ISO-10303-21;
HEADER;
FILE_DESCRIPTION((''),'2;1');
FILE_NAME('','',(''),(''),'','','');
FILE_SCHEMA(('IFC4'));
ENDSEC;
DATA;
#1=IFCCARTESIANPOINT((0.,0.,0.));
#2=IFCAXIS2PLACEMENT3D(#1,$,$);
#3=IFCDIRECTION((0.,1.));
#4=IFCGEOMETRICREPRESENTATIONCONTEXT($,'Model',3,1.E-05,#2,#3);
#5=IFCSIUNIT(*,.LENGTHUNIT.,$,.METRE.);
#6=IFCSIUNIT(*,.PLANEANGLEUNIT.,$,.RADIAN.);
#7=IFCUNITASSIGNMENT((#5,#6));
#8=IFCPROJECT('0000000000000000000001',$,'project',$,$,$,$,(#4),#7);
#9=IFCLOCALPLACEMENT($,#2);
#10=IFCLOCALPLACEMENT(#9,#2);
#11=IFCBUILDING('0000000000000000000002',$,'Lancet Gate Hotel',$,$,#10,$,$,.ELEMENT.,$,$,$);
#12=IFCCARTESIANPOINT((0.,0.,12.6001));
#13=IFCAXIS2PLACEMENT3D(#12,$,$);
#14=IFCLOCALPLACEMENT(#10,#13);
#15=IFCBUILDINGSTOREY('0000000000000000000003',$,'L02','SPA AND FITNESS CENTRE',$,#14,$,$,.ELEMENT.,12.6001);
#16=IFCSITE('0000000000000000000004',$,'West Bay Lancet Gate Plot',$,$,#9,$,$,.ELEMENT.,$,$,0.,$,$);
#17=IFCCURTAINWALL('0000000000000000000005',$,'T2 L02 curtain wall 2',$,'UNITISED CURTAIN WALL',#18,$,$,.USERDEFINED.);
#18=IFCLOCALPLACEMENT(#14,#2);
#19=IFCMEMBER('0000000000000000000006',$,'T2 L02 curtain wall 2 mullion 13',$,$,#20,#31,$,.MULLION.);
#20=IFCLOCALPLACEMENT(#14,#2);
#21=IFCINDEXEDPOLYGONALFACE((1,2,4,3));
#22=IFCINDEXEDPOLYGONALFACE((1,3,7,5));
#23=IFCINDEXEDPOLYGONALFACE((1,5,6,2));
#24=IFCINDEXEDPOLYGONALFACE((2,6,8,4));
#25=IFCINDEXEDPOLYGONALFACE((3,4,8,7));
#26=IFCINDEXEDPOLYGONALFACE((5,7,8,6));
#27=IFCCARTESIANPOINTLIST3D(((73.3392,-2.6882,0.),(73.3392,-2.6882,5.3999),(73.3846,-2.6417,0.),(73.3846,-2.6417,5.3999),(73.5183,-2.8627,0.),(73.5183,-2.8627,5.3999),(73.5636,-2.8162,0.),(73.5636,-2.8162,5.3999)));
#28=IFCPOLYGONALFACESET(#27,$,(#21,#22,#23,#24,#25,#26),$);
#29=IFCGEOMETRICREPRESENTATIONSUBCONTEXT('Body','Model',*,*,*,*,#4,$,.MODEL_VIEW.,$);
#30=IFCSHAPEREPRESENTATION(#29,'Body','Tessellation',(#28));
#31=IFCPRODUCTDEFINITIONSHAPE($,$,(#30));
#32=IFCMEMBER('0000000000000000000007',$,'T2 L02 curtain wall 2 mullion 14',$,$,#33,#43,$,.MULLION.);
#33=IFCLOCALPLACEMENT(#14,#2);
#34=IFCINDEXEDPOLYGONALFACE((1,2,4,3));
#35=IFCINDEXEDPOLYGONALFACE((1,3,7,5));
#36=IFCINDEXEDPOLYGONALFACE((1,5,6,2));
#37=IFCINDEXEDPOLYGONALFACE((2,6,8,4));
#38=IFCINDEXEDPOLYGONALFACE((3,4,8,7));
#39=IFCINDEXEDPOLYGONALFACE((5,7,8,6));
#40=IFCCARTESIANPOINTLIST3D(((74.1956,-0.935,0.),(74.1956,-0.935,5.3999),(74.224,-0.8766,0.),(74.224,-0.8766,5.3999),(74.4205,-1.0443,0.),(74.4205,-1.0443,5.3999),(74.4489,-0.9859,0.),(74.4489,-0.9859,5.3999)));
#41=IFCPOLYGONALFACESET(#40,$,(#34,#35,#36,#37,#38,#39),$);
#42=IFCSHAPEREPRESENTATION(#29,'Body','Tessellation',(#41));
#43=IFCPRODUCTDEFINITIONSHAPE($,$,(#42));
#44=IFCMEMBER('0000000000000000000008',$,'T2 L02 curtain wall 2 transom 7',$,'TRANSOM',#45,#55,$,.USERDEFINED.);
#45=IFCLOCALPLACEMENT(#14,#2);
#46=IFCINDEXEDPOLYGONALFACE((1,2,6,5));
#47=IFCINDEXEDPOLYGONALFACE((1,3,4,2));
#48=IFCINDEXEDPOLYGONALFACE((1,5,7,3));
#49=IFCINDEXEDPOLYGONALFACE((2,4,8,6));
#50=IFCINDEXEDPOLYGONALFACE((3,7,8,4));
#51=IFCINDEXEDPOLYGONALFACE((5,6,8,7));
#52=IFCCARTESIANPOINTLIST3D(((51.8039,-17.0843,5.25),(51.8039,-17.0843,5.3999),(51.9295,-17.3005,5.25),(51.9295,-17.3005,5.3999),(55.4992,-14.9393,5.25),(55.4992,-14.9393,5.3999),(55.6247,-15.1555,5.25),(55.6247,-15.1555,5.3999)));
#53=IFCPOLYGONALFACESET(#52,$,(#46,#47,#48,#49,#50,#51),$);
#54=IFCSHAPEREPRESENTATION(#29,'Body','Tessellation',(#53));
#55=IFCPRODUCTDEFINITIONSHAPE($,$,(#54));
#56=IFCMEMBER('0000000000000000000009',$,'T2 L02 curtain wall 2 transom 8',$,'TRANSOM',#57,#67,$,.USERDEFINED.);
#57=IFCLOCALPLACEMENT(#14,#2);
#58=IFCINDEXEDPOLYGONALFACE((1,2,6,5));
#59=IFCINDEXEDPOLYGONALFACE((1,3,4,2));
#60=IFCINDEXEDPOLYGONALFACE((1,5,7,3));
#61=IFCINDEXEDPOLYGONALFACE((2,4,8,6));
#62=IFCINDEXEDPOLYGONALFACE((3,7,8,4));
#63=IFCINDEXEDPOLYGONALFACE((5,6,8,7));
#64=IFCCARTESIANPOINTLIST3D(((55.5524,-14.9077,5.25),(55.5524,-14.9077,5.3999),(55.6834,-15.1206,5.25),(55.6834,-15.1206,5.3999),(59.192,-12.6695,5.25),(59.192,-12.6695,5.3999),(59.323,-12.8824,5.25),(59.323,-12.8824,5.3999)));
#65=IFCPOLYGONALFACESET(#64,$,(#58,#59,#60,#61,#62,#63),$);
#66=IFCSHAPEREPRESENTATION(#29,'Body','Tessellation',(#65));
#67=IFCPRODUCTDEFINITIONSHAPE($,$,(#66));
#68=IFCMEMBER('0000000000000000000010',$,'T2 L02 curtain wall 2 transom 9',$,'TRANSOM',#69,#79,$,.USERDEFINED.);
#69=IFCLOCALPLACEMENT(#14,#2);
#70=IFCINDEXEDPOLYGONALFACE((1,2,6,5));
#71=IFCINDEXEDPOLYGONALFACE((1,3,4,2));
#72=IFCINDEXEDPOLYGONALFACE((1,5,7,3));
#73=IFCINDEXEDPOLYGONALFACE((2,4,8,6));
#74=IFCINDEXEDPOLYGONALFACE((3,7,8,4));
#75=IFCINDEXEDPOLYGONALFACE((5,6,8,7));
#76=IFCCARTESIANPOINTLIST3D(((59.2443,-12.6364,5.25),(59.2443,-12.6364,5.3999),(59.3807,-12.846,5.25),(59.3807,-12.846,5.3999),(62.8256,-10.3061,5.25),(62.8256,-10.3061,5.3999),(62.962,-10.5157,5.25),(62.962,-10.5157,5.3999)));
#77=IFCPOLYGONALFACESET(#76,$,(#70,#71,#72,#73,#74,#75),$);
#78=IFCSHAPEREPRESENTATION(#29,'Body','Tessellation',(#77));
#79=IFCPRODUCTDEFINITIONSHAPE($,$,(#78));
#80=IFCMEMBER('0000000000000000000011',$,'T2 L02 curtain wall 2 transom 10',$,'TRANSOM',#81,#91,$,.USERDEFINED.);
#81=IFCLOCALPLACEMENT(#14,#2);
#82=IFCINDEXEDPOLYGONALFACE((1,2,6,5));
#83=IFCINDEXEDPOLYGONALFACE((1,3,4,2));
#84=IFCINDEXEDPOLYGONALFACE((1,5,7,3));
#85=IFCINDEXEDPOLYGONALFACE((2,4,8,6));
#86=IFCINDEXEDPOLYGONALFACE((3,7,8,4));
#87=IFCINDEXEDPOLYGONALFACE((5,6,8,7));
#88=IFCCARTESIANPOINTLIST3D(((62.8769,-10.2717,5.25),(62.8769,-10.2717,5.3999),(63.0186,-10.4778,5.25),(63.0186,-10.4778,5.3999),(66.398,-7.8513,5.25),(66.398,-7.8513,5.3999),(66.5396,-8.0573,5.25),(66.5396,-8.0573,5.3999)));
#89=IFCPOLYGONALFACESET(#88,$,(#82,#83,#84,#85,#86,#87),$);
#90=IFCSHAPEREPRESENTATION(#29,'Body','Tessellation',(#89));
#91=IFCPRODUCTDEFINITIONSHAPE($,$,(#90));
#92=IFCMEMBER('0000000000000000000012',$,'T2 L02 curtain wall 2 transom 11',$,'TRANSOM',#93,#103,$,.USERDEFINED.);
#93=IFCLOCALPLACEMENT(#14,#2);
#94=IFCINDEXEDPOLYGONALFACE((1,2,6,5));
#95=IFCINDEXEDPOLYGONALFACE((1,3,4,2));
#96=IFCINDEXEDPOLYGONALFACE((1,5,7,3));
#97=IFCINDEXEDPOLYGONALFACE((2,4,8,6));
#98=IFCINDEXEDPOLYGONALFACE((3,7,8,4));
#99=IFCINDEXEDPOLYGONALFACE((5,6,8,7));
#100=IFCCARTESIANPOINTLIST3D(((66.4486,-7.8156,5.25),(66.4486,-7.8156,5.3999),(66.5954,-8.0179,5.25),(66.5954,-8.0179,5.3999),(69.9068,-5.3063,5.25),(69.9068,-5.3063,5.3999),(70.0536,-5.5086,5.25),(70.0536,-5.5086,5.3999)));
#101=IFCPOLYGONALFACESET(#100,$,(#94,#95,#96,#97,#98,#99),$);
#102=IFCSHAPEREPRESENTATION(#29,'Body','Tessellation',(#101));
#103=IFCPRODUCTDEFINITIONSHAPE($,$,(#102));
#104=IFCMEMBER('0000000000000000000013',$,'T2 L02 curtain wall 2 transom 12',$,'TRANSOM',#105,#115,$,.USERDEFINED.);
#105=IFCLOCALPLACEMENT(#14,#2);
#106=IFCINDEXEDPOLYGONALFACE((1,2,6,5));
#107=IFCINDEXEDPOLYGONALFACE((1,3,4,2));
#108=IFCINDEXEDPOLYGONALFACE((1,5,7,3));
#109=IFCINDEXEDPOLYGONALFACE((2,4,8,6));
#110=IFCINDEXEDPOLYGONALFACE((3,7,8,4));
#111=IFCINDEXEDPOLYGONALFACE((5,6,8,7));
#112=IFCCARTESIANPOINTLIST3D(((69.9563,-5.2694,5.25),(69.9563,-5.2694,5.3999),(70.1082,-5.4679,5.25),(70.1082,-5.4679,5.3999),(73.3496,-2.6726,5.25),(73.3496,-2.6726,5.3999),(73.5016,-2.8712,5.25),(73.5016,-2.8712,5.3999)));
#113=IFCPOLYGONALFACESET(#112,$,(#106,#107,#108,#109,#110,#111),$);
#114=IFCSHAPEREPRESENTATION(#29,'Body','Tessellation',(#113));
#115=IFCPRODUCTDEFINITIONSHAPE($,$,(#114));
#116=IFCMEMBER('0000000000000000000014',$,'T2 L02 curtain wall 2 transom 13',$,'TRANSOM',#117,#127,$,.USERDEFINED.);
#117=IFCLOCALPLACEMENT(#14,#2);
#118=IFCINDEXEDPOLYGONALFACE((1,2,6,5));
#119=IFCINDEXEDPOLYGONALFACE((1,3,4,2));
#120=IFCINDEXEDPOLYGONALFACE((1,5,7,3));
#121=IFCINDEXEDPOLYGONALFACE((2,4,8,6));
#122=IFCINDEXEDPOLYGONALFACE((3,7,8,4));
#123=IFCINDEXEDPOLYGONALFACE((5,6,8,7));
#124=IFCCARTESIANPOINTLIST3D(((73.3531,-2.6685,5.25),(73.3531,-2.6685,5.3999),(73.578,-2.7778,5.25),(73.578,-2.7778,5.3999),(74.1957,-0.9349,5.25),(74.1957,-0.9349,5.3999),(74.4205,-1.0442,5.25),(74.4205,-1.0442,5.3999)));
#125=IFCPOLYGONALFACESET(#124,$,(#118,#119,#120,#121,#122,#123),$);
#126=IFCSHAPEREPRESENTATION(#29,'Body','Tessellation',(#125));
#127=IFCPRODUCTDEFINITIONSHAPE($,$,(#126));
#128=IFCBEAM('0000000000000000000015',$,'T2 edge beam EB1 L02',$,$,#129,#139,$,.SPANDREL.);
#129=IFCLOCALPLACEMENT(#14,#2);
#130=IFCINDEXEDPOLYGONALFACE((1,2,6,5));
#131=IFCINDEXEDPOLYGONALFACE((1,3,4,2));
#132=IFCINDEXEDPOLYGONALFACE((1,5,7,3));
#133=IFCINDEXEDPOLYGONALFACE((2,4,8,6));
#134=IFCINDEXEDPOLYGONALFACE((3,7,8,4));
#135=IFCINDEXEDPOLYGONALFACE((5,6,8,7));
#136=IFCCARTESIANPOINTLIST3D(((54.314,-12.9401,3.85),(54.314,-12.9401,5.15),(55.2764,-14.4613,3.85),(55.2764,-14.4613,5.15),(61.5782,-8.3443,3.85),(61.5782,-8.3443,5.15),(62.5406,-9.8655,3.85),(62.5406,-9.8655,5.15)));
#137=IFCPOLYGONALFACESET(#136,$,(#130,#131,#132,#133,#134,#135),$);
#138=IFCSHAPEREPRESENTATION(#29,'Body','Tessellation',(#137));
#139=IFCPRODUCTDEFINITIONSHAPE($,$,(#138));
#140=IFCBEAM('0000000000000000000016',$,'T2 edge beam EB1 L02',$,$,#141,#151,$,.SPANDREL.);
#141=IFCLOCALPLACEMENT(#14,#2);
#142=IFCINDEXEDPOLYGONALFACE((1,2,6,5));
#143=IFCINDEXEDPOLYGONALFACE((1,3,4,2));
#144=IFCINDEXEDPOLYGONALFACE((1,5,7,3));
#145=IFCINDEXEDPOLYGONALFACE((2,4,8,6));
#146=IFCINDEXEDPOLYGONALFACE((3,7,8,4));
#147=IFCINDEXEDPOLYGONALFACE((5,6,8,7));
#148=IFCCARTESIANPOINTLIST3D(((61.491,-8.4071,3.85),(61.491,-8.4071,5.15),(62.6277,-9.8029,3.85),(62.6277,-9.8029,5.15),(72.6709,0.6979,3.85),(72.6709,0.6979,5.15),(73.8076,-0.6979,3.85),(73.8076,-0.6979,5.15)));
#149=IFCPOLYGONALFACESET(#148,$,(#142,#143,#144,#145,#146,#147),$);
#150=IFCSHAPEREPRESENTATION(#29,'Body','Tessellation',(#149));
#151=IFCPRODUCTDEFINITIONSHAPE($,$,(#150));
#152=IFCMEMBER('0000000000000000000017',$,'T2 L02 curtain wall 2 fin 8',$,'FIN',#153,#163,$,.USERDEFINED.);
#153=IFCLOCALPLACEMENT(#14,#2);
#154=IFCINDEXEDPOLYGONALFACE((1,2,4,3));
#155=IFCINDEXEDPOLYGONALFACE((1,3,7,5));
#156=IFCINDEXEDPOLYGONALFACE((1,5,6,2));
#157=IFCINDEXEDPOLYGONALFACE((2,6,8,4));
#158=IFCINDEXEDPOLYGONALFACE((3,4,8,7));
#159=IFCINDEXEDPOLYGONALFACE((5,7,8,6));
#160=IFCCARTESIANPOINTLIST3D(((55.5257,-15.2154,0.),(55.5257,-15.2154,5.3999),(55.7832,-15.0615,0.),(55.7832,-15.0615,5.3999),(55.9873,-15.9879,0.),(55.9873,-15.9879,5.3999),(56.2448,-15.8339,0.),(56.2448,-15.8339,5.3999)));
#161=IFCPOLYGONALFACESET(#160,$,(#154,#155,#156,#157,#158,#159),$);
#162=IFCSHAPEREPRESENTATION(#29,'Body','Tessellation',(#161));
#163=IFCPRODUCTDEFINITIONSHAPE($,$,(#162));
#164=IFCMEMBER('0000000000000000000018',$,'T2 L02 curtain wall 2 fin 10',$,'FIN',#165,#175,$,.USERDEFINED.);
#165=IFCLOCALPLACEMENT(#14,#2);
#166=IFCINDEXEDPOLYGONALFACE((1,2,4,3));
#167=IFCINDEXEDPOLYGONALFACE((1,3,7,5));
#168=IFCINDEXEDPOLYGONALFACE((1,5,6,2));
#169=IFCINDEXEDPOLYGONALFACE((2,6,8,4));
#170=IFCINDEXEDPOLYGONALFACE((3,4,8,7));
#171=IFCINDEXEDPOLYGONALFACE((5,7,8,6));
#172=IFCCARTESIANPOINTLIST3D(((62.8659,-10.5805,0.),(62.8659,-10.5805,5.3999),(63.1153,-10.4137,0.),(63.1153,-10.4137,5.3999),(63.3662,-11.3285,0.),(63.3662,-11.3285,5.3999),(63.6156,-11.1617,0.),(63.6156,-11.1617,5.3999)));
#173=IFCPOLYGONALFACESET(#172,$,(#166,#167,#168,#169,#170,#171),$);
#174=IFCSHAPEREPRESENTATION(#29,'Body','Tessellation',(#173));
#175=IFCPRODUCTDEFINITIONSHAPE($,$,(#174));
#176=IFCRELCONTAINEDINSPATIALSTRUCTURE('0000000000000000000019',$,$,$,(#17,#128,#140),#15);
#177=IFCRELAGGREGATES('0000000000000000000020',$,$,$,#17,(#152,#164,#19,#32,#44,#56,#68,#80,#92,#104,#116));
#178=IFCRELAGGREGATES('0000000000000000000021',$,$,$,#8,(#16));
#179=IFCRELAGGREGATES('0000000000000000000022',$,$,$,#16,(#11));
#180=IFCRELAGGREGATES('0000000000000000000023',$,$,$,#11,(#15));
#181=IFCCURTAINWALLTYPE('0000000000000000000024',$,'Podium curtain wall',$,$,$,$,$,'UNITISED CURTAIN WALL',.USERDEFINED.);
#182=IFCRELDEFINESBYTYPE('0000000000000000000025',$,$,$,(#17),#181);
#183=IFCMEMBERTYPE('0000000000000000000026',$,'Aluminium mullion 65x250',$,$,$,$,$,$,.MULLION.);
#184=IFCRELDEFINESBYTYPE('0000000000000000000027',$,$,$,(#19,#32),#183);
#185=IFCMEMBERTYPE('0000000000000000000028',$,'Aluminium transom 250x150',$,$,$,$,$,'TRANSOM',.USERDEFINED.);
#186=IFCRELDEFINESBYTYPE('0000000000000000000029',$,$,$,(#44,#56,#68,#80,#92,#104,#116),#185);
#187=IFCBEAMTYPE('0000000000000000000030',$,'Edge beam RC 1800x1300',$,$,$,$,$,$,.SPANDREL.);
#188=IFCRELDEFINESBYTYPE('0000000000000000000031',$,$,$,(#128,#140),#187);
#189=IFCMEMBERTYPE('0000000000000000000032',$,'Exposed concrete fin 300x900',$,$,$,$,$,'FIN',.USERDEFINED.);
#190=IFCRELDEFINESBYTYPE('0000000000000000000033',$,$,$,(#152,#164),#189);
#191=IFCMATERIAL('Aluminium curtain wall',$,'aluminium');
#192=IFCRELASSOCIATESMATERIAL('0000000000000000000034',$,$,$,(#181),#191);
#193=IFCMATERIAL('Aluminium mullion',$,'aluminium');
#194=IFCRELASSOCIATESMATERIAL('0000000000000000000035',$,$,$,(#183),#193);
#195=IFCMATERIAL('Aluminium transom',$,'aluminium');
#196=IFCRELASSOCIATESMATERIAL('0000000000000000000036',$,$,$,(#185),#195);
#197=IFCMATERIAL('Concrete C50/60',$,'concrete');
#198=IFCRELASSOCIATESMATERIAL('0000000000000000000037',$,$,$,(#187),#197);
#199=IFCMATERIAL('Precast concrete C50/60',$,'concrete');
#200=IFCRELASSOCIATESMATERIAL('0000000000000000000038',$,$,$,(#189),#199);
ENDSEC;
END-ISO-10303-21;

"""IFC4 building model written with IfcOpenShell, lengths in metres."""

from ifc_helpers import new_model, si_unit, direction, frame, origin, origin_2d, place, context, subcontext, project, spatial, rectangle, extrude, material, material_profile, profile_set, type_object, element, aggregate, save


model = new_model("IFC4")

# Units and contexts
model_context = context("Model", 3, precision=1e-05, world=origin(), true_north=direction((0.0, 1.0)))
body_context = subcontext(model_context, "Body", "Model", "MODEL_VIEW")
ifc_project = project(units=[si_unit("LENGTHUNIT", "METRE"), si_unit("PLANEANGLEUNIT", "RADIAN")], contexts=[model_context])

# Site, building, storey
site_placement = place(None, origin())
site = spatial("IfcSite", under=ifc_project, at=site_placement, Name="West Bay Lancet Gate Plot", CompositionType="ELEMENT", RefElevation=0.0)
building_placement = place(site_placement, origin())
building = spatial("IfcBuilding", under=site, at=building_placement, Name="Lancet Gate Hotel", CompositionType="ELEMENT")
storey_placement = place(building_placement, frame((0.0, 0.0, 12.6001)))
storey = spatial("IfcBuildingStorey", under=building, at=storey_placement, Name="L02", Description="SPA AND FITNESS CENTRE", CompositionType="ELEMENT", Elevation=12.6001)

# Curtain wall, members
ifc_material_1 = material(Name="Aluminium curtain wall", Category="aluminium")
curtain_wall_type = type_object("IfcCurtainWallType", Name="Podium curtain wall", ElementType="UNITISED CURTAIN WALL", PredefinedType="USERDEFINED", material=ifc_material_1)
curtain_wall_placement = place(storey_placement, origin())
curtain_wall = element("IfcCurtainWall", 1, at=curtain_wall_placement, inside=storey, type_object=curtain_wall_type, Name="T2 L02 curtain wall 2", ObjectType="UNITISED CURTAIN WALL", PredefinedType="USERDEFINED")
ifc_material_2 = material(Name="Aluminium mullion", Category="aluminium")
ifc_material_profile_1 = material_profile(ifc_material_2, rectangle(XDim=0.0649, YDim=0.25, at=origin_2d()), Name="MULLION 65x250")
ifc_profile_set_1 = profile_set([ifc_material_profile_1], Name="Aluminium mullion")
member_type_1 = type_object("IfcMemberType", Name="Aluminium mullion 65x250", PredefinedType="MULLION", material=ifc_profile_set_1)
member_1_placement = place(storey_placement, frame((73.4514, -2.7522, 0.0), z_axis=(0.0, 0.0, 1.0), x_axis=(0.697983, 0.716114, 0.0)))
member_1 = element("IfcMember", 2, at=member_1_placement, type_object=member_type_1, Name="T2 L02 curtain wall 2 mullion 13", PredefinedType="MULLION", context=body_context, shape_type="SweptSolid", body=[
    extrude(rectangle(XDim=0.0649, YDim=0.25, at=origin_2d()), origin(), (0.0, 0.0, 1.0), 5.3999),
])
member_2_placement = place(storey_placement, frame((74.3223, -0.9604, 0.0), z_axis=(0.0, 0.0, 1.0), x_axis=(0.437169, 0.899379, 0.0)))
member_2 = element("IfcMember", 3, at=member_2_placement, type_object=member_type_1, Name="T2 L02 curtain wall 2 mullion 14", PredefinedType="MULLION", context=body_context, shape_type="SweptSolid", body=[
    extrude(rectangle(XDim=0.0649, YDim=0.25, at=origin_2d()), origin(), (0.0, 0.0, 1.0), 5.3999),
])
ifc_material_3 = material(Name="Aluminium transom", Category="aluminium")
ifc_material_profile_2 = material_profile(ifc_material_3, rectangle(XDim=0.25, YDim=0.1499, at=origin_2d()), Name="TRANSOM 250x150")
ifc_profile_set_2 = profile_set([ifc_material_profile_2], Name="Aluminium transom")
member_type_2 = type_object("IfcMemberType", Name="Aluminium transom 250x150", ElementType="TRANSOM", PredefinedType="USERDEFINED", material=ifc_profile_set_2)
member_3_placement = place(storey_placement, frame((51.8667, -17.1924, 5.325), z_axis=(0.864855, 0.502022, 0.0), x_axis=(-0.502022, 0.864855, 0.0)))
member_3 = element("IfcMember", 4, at=member_3_placement, type_object=member_type_2, Name="T2 L02 curtain wall 2 transom 7", ObjectType="TRANSOM", PredefinedType="USERDEFINED", context=body_context, shape_type="SweptSolid", body=[
    extrude(rectangle(XDim=0.25, YDim=0.1499, at=origin_2d()), origin(), (0.0, 0.0, 1.0), 4.2727),
])
member_4_placement = place(storey_placement, frame((55.6179, -15.0142, 5.325), z_axis=(0.851815, 0.523842, 0.0), x_axis=(-0.523842, 0.851815, 0.0)))
member_4 = element("IfcMember", 5, at=member_4_placement, type_object=member_type_2, Name="T2 L02 curtain wall 2 transom 8", ObjectType="TRANSOM", PredefinedType="USERDEFINED", context=body_context, shape_type="SweptSolid", body=[
    extrude(rectangle(XDim=0.25, YDim=0.1499, at=origin_2d()), origin(), (0.0, 0.0, 1.0), 4.2727),
])
member_5_placement = place(storey_placement, frame((59.3125, -12.7412, 5.325), z_axis=(0.838179, 0.545396, 0.0), x_axis=(-0.545396, 0.838179, 0.0)))
member_5 = element("IfcMember", 6, at=member_5_placement, type_object=member_type_2, Name="T2 L02 curtain wall 2 transom 9", ObjectType="TRANSOM", PredefinedType="USERDEFINED", context=body_context, shape_type="SweptSolid", body=[
    extrude(rectangle(XDim=0.25, YDim=0.1499, at=origin_2d()), origin(), (0.0, 0.0, 1.0), 4.2727),
])
member_6_placement = place(storey_placement, frame((62.9478, -10.3748, 5.325), z_axis=(0.824072, 0.566485, 0.0), x_axis=(-0.566485, 0.824072, 0.0)))
member_6 = element("IfcMember", 7, at=member_6_placement, type_object=member_type_2, Name="T2 L02 curtain wall 2 transom 10", ObjectType="TRANSOM", PredefinedType="USERDEFINED", context=body_context, shape_type="SweptSolid", body=[
    extrude(rectangle(XDim=0.25, YDim=0.1499, at=origin_2d()), origin(), (0.0, 0.0, 1.0), 4.2727),
])
member_7_placement = place(storey_placement, frame((66.522, -7.9167, 5.325), z_axis=(0.809383, 0.587281, 0.0), x_axis=(-0.587281, 0.809383, 0.0)))
member_7 = element("IfcMember", 8, at=member_7_placement, type_object=member_type_2, Name="T2 L02 curtain wall 2 transom 11", ObjectType="TRANSOM", PredefinedType="USERDEFINED", context=body_context, shape_type="SweptSolid", body=[
    extrude(rectangle(XDim=0.25, YDim=0.1499, at=origin_2d()), origin(), (0.0, 0.0, 1.0), 4.2727),
])
member_8_placement = place(storey_placement, frame((70.0322, -5.3687, 5.325), z_axis=(0.794155, 0.607715, 0.0), x_axis=(-0.607715, 0.794155, 0.0)))
member_8 = element("IfcMember", 9, at=member_8_placement, type_object=member_type_2, Name="T2 L02 curtain wall 2 transom 12", ObjectType="TRANSOM", PredefinedType="USERDEFINED", context=body_context, shape_type="SweptSolid", body=[
    extrude(rectangle(XDim=0.25, YDim=0.1499, at=origin_2d()), origin(), (0.0, 0.0, 1.0), 4.2729),
])
member_9_placement = place(storey_placement, frame((73.4656, -2.7231, 5.325), z_axis=(0.437103, 0.899411, 0.0), x_axis=(-0.899411, 0.437103, 0.0)))
member_9 = element("IfcMember", 10, at=member_9_placement, type_object=member_type_2, Name="T2 L02 curtain wall 2 transom 13", ObjectType="TRANSOM", PredefinedType="USERDEFINED", context=body_context, shape_type="SweptSolid", body=[
    extrude(rectangle(XDim=0.25, YDim=0.1499, at=origin_2d()), origin(), (0.0, 0.0, 1.0), 1.9275),
])

# Beams
ifc_material_4 = material(Name="Concrete C50/60", Category="concrete")
ifc_material_profile_3 = material_profile(ifc_material_4, rectangle(XDim=1.8, YDim=1.3, at=origin_2d()), Name="RC 1800x1300")
ifc_profile_set_3 = profile_set([ifc_material_profile_3], Name="Concrete C50/60")
beam_type_1 = type_object("IfcBeamType", Name="Edge beam RC 1800x1300", PredefinedType="SPANDREL", material=ifc_profile_set_3)
beam_1_placement = place(storey_placement, frame((54.7952, -13.7007, 4.5), z_axis=(0.845078, 0.534643, 0.0), x_axis=(-0.534643, 0.845078, 0.0)))
element("IfcBeam", 11, at=beam_1_placement, inside=storey, type_object=beam_type_1, Name="T2 edge beam EB1 L02", PredefinedType="SPANDREL", context=body_context, shape_type="SweptSolid", body=[
    extrude(rectangle(XDim=1.8, YDim=1.3, at=origin_2d()), origin(), (0.0, 0.0, 1.0), 8.5959),
])
beam_2_placement = place(storey_placement, frame((62.0593, -9.105, 4.5), z_axis=(0.775391, 0.631481, 0.0), x_axis=(-0.631481, 0.775391, 0.0)))
element("IfcBeam", 12, at=beam_2_placement, inside=storey, type_object=beam_type_1, Name="T2 edge beam EB1 L02", PredefinedType="SPANDREL", context=body_context, shape_type="SweptSolid", body=[
    extrude(rectangle(XDim=1.8, YDim=1.3, at=origin_2d()), origin(), (0.0, 0.0, 1.0), 14.4185),
])

# Members
ifc_material_5 = material(Name="Precast concrete C50/60", Category="concrete")
ifc_material_profile_4 = material_profile(ifc_material_5, rectangle(XDim=0.3, YDim=0.8999, at=origin_2d()), Name="FIN 300x900")
ifc_profile_set_4 = profile_set([ifc_material_profile_4], Name="Precast concrete C50/60")
member_type_3 = type_object("IfcMemberType", Name="Exposed concrete fin 300x900", ElementType="FIN", PredefinedType="USERDEFINED", material=ifc_profile_set_4)
member_10_placement = place(storey_placement, frame((55.8853, -15.5247, 0.0), z_axis=(0.0, 0.0, 1.0), x_axis=(0.858413, 0.512959, 0.0)))
member_10 = element("IfcMember", 13, at=member_10_placement, type_object=member_type_3, Name="T2 L02 curtain wall 2 fin 8", ObjectType="FIN", PredefinedType="USERDEFINED", context=body_context, shape_type="SweptSolid", body=[
    extrude(rectangle(XDim=0.3, YDim=0.8999, at=origin_2d()), origin(), (0.0, 0.0, 1.0), 5.3999),
])
member_11_placement = place(storey_placement, frame((63.2407, -10.8711, 0.0), z_axis=(0.0, 0.0, 1.0), x_axis=(0.831198, 0.555976, 0.0)))
member_11 = element("IfcMember", 14, at=member_11_placement, type_object=member_type_3, Name="T2 L02 curtain wall 2 fin 10", ObjectType="FIN", PredefinedType="USERDEFINED", context=body_context, shape_type="SweptSolid", body=[
    extrude(rectangle(XDim=0.3, YDim=0.8999, at=origin_2d()), origin(), (0.0, 0.0, 1.0), 5.3999),
])

aggregate(curtain_wall, [member_10, member_11, member_1, member_2, member_3, member_4, member_5, member_6, member_7, member_8, member_9])

save(model, "model.ifc")
